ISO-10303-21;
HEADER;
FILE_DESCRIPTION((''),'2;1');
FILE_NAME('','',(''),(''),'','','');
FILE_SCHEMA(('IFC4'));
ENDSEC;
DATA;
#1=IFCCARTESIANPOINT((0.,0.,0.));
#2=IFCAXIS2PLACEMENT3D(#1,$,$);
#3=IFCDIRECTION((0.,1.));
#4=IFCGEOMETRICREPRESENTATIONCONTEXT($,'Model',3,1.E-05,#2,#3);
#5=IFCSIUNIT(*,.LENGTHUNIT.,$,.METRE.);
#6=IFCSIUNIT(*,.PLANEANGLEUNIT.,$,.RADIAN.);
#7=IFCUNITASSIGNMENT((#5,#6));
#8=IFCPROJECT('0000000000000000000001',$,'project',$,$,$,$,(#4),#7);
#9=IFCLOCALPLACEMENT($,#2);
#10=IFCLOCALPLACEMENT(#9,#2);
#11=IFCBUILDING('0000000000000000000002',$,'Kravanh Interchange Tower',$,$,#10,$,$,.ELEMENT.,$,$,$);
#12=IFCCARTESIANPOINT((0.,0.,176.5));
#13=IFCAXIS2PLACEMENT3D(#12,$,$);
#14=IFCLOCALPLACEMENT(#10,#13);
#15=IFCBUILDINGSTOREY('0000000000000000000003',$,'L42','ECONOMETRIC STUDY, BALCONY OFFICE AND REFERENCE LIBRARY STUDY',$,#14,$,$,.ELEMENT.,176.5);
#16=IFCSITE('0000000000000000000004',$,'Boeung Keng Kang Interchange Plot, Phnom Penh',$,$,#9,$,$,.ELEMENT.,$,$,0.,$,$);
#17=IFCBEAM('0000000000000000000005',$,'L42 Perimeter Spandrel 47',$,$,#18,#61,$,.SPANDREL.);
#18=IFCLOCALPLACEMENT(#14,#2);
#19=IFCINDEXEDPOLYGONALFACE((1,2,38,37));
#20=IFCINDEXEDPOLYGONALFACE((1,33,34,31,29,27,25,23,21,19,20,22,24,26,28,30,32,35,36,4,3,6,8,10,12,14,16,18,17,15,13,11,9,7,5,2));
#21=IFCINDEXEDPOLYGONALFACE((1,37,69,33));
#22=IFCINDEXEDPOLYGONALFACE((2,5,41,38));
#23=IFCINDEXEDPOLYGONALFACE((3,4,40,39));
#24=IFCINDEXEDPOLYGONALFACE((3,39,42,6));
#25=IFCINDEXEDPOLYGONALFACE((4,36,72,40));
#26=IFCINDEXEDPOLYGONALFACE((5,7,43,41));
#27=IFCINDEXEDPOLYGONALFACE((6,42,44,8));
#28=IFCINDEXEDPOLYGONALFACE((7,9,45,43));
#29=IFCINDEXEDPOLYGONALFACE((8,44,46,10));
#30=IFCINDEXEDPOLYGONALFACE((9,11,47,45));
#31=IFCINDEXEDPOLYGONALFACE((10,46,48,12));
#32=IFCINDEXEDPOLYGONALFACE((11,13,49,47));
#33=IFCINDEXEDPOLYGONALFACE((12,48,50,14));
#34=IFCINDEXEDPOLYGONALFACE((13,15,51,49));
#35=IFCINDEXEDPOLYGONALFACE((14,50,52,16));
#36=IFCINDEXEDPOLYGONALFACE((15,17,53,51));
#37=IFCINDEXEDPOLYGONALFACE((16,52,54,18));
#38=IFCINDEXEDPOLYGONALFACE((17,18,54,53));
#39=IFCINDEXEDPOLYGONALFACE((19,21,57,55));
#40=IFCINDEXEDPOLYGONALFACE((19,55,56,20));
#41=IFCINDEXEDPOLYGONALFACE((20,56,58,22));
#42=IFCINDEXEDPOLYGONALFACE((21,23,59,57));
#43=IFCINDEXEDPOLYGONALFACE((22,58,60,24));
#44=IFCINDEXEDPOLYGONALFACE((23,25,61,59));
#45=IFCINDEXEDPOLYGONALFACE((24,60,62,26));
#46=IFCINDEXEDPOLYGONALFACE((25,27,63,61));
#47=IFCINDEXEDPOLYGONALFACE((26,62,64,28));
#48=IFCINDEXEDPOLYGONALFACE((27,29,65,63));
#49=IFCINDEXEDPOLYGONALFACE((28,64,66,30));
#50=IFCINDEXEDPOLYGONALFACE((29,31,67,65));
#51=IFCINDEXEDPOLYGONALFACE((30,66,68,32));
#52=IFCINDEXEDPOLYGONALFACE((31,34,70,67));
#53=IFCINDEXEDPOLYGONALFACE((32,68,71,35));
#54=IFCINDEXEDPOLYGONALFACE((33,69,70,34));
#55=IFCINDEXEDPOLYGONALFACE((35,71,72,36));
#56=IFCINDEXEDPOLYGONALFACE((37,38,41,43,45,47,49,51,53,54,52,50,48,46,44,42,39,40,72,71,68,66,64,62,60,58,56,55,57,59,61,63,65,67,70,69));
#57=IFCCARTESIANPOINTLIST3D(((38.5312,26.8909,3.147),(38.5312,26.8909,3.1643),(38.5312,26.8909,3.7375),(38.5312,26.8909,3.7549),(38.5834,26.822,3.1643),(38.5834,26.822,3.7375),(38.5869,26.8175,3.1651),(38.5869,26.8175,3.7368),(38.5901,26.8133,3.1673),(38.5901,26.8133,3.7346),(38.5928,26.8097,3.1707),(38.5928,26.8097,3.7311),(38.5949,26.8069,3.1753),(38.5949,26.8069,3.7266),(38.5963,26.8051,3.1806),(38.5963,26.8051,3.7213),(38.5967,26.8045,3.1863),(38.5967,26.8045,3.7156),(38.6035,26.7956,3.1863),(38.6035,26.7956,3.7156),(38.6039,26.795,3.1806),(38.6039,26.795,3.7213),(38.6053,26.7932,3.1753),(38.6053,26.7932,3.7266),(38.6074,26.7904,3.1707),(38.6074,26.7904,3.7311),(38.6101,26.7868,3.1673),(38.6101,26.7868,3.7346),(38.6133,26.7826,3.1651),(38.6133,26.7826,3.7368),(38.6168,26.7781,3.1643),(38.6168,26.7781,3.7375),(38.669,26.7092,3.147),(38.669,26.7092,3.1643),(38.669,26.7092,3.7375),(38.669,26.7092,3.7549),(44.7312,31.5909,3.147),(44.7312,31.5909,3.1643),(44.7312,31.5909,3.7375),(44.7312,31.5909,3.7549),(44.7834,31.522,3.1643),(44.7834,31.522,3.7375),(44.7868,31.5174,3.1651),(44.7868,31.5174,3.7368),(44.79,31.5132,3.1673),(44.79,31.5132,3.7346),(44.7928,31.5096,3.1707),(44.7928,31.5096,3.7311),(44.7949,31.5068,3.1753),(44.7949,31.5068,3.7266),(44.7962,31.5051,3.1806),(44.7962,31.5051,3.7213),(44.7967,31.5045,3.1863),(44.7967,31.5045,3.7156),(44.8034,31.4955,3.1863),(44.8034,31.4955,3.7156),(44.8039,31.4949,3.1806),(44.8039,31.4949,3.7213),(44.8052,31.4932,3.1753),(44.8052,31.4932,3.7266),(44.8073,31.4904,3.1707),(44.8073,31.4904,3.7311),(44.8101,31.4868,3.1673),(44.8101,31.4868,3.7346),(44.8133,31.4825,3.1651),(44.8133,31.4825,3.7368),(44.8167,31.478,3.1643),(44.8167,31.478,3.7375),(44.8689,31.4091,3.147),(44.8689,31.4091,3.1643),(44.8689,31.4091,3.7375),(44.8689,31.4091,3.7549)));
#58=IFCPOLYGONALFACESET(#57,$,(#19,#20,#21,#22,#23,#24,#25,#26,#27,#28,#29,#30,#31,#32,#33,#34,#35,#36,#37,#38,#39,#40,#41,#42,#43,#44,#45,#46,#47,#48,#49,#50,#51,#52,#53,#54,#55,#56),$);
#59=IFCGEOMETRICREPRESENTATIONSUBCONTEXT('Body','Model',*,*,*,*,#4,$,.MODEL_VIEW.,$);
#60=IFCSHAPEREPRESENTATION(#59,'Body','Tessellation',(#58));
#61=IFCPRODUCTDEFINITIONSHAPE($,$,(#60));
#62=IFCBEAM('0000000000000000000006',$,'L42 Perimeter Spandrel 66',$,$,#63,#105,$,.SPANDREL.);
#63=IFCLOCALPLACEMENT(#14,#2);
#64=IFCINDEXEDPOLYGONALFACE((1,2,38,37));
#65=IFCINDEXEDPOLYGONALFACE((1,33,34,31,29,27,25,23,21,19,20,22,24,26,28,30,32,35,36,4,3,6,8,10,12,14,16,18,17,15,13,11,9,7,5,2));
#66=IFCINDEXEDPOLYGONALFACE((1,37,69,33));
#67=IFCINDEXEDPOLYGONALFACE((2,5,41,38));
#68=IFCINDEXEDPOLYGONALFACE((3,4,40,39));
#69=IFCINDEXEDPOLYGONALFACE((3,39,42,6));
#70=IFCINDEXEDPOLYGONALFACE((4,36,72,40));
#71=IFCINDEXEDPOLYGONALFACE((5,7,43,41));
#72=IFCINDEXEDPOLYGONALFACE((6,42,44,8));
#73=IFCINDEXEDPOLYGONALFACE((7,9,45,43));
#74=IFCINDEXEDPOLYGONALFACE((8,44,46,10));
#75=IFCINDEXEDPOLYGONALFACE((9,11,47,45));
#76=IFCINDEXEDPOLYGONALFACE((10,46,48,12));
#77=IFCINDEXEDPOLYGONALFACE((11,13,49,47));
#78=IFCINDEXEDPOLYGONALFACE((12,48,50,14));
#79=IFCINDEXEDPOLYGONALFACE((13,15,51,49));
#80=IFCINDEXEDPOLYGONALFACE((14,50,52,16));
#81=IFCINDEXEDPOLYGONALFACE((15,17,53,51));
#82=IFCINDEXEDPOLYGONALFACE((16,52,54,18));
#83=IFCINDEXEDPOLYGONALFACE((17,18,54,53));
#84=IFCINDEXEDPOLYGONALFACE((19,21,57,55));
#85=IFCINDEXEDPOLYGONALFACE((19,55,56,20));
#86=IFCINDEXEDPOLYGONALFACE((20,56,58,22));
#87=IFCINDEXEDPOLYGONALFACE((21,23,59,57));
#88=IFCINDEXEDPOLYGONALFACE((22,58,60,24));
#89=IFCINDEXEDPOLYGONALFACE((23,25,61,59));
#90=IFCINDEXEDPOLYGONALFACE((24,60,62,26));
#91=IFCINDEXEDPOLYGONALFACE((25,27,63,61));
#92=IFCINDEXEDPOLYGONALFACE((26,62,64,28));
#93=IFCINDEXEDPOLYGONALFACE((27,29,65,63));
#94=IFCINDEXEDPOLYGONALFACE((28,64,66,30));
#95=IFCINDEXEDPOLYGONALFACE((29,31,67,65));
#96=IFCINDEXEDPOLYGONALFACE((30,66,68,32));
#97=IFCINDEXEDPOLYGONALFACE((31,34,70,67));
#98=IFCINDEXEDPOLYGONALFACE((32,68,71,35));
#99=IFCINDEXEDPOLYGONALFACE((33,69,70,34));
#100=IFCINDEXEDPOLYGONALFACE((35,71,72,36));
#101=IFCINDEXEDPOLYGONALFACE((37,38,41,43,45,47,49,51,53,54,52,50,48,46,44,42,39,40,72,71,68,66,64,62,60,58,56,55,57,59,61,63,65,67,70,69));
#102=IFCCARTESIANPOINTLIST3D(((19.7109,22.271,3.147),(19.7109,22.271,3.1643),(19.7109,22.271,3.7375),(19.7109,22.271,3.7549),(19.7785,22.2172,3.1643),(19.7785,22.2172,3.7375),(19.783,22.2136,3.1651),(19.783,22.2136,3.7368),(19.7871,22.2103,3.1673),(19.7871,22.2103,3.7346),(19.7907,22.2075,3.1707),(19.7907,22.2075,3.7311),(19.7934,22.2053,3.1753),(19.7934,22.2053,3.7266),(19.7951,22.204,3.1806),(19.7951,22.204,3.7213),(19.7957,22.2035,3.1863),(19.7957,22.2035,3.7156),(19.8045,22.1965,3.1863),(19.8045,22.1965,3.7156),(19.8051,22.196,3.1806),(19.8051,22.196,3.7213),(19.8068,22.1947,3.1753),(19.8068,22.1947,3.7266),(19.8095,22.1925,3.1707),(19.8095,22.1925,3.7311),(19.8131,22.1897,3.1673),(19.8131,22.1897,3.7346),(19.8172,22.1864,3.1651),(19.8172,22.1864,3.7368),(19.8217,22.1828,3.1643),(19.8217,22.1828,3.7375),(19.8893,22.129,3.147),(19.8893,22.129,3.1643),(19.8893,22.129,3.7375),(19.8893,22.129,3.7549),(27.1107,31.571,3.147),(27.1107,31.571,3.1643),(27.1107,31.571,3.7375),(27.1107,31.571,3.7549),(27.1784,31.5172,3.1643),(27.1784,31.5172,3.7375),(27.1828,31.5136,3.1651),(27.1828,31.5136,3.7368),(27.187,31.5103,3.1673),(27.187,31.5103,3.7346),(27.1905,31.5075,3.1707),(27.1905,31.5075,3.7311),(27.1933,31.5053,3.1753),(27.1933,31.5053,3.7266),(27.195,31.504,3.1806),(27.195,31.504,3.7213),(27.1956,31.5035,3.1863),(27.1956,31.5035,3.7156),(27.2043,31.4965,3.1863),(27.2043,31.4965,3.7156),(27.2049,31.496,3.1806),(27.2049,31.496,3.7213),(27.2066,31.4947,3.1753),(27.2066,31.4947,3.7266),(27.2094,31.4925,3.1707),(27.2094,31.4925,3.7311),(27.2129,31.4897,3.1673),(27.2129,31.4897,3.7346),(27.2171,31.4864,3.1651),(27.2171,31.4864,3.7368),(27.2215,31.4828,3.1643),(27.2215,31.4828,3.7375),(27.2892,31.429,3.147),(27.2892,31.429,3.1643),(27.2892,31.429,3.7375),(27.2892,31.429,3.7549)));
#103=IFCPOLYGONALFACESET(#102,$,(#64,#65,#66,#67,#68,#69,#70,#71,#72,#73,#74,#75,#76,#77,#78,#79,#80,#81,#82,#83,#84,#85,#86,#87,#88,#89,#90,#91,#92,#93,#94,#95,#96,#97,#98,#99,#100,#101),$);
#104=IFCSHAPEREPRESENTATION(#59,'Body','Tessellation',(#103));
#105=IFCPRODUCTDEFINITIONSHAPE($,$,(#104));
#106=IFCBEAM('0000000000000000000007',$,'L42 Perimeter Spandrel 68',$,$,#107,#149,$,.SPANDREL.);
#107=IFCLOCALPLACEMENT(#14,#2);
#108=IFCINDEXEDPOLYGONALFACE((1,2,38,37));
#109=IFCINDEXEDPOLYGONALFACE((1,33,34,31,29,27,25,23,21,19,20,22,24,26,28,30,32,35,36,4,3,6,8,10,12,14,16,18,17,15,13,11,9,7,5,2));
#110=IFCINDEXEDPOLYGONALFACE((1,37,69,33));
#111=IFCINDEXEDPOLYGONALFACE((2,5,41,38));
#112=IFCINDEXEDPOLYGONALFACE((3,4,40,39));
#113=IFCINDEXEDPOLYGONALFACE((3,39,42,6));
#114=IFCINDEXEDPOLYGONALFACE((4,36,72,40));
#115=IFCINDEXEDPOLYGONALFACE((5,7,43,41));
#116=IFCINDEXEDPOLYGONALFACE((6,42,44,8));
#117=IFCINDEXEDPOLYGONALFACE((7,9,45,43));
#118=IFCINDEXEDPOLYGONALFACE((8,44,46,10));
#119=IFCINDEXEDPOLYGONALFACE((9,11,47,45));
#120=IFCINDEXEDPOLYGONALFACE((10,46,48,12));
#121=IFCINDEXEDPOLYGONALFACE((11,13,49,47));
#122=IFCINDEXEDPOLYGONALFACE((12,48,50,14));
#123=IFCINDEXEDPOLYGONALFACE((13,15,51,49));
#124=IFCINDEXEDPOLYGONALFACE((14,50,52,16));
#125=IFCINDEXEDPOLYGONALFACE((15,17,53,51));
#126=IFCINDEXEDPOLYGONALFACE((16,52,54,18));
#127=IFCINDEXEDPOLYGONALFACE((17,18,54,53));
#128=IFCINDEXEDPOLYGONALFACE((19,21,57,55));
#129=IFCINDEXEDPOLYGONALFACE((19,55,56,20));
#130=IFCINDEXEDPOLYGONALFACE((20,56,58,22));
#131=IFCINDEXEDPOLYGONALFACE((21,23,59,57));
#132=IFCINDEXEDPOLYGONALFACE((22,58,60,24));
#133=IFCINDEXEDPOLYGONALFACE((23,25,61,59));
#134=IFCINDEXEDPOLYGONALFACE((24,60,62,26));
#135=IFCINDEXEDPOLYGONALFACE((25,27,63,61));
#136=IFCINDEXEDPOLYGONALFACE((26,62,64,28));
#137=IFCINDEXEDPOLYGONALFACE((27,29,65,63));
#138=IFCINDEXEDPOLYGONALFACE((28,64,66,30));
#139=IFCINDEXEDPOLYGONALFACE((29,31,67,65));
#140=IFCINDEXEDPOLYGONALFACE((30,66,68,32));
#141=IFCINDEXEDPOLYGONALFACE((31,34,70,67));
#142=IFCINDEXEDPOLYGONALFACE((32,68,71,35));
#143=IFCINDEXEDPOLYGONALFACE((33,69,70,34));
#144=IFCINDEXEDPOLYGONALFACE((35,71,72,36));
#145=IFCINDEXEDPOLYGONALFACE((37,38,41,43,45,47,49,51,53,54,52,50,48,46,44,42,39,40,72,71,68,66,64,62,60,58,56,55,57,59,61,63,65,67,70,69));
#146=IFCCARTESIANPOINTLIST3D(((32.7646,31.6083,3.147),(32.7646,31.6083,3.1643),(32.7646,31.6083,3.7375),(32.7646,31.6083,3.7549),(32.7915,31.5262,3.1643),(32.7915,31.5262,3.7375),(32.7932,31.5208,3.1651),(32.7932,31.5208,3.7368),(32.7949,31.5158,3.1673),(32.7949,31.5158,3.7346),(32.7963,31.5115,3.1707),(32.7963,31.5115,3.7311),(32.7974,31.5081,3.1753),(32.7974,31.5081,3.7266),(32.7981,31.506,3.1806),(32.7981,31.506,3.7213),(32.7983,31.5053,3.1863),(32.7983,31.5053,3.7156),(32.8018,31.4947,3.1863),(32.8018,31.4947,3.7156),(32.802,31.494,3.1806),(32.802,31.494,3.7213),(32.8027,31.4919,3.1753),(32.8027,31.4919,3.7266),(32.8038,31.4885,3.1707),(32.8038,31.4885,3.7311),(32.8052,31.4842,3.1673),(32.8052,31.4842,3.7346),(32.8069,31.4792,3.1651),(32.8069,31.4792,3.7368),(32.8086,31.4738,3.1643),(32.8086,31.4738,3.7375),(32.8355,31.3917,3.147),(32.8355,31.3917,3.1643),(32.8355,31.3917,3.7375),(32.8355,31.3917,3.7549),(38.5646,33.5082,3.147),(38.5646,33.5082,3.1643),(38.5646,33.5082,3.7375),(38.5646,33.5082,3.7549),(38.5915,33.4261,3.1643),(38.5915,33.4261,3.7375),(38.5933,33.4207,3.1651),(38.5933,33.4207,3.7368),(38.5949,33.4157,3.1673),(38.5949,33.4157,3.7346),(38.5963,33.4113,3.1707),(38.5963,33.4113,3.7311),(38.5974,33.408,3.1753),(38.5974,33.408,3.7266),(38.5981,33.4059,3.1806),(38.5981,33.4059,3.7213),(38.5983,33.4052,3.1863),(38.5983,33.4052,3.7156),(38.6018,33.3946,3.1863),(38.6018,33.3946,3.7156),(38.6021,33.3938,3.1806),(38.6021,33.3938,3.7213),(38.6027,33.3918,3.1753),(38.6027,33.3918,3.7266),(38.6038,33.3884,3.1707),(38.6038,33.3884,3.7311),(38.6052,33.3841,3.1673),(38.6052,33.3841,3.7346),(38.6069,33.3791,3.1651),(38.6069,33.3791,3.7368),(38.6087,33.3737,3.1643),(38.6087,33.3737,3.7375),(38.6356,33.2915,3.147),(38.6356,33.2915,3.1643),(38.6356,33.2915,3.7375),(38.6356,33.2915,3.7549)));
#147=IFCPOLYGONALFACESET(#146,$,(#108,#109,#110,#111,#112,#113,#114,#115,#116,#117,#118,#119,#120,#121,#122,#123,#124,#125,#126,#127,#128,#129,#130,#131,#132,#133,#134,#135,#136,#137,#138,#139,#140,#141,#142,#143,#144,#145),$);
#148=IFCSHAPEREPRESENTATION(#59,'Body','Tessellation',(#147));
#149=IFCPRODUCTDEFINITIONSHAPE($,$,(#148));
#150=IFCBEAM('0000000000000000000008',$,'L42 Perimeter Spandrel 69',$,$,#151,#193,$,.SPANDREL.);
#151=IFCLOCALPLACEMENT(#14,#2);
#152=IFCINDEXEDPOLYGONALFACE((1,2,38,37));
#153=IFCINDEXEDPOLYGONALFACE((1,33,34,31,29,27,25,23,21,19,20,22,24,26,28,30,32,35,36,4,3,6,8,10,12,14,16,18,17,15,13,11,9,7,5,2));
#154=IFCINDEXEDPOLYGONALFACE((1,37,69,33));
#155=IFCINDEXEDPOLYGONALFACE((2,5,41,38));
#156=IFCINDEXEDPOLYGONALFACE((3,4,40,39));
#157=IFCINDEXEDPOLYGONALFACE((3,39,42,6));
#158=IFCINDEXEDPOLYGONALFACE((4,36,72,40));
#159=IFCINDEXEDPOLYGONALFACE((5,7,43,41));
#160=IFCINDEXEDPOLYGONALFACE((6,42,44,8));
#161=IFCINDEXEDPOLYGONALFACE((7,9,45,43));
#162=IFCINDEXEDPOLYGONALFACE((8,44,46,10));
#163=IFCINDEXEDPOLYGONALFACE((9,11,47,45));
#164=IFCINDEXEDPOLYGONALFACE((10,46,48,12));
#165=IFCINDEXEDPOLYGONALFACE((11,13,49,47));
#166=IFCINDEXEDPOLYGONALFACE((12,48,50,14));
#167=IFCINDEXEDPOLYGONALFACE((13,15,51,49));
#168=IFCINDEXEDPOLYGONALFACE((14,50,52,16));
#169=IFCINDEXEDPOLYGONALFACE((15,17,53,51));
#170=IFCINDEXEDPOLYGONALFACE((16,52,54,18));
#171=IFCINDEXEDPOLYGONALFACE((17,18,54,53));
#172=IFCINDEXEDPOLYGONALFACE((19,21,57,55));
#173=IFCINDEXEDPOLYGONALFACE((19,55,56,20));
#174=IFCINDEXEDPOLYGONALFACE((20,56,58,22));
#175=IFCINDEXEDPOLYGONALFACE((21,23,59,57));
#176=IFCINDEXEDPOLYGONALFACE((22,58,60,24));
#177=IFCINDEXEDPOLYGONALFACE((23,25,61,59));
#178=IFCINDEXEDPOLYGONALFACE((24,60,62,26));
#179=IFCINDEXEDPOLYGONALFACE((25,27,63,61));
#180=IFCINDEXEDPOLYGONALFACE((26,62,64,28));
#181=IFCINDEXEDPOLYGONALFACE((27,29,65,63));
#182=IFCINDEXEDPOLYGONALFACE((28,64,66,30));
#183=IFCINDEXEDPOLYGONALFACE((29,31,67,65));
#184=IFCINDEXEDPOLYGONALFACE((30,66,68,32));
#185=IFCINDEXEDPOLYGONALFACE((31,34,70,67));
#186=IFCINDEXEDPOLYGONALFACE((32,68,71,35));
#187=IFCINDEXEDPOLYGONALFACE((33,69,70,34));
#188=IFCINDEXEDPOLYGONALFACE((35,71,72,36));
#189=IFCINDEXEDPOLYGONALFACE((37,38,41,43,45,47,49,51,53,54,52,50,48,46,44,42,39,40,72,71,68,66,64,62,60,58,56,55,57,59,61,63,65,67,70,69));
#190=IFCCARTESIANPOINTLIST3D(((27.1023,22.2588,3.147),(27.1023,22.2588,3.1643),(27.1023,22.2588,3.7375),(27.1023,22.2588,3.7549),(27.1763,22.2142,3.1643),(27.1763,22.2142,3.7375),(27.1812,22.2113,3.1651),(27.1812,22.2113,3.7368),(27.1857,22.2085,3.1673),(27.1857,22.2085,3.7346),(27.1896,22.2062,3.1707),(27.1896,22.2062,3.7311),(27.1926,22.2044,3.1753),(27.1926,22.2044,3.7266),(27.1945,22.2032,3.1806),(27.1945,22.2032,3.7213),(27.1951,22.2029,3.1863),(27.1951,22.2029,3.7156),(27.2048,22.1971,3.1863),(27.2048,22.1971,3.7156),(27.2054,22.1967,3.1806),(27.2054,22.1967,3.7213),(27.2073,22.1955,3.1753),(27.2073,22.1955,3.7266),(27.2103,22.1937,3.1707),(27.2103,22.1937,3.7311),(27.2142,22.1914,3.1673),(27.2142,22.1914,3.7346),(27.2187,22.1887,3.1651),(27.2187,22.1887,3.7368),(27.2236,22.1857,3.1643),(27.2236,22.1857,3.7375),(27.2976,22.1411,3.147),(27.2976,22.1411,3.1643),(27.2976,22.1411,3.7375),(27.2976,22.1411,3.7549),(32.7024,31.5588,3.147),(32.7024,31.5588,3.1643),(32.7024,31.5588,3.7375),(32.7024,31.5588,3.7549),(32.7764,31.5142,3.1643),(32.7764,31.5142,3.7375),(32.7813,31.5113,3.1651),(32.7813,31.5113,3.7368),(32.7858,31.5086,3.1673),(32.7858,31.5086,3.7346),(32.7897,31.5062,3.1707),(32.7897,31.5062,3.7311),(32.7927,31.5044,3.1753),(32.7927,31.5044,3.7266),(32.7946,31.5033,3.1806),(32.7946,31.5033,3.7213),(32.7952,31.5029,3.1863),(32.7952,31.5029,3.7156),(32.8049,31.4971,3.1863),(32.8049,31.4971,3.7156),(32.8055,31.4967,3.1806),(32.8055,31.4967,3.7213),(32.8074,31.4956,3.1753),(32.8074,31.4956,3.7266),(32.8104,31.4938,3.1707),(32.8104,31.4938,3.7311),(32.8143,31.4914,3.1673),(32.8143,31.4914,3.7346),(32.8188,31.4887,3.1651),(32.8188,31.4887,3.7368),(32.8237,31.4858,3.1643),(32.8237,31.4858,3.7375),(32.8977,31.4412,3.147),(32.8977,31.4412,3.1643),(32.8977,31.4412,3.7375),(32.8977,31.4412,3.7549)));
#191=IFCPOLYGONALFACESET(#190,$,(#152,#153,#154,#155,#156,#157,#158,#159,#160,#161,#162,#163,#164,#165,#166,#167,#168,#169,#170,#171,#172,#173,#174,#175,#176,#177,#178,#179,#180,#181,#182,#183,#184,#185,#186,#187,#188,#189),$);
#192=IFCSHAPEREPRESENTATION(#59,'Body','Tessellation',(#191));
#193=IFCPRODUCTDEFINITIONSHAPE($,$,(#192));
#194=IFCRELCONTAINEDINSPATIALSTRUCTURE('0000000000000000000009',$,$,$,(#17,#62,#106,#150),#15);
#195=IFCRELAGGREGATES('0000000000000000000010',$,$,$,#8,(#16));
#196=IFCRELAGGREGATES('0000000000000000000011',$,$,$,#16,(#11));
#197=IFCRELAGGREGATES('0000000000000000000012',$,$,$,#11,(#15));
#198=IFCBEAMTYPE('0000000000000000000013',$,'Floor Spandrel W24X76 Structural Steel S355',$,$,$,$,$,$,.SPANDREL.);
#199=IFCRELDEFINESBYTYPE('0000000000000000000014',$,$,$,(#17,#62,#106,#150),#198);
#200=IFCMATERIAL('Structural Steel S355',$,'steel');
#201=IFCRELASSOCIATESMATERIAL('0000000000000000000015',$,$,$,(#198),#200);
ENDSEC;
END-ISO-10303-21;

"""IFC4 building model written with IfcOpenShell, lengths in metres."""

from ifc_helpers import new_model, si_unit, direction, frame, origin, origin_2d, place, context, subcontext, project, spatial, i_section, extrude, material, material_profile, profile_set, type_object, element, save


model = new_model("IFC4")

# Units and contexts
model_context = context("Model", 3, precision=1e-05, world=origin(), true_north=direction((0.0, 1.0)))
body_context = subcontext(model_context, "Body", "Model", "MODEL_VIEW")
ifc_project = project(units=[si_unit("LENGTHUNIT", "METRE"), si_unit("PLANEANGLEUNIT", "RADIAN")], contexts=[model_context])

# Site, building, storey
site_placement = place(None, origin())
site = spatial("IfcSite", under=ifc_project, at=site_placement, Name="Boeung Keng Kang Interchange Plot, Phnom Penh", CompositionType="ELEMENT", RefElevation=0.0)
building_placement = place(site_placement, origin())
building = spatial("IfcBuilding", under=site, at=building_placement, Name="Kravanh Interchange Tower", CompositionType="ELEMENT")
storey_placement = place(building_placement, frame((0.0, 0.0, 176.5)))
storey = spatial("IfcBuildingStorey", under=building, at=storey_placement, Name="L42", Description="ECONOMETRIC STUDY, BALCONY OFFICE AND REFERENCE LIBRARY STUDY", CompositionType="ELEMENT", Elevation=176.5)

# Beams
ifc_material_1 = material(Name="Structural Steel S355", Category="steel")
ifc_material_profile_1 = material_profile(ifc_material_1, i_section(OverallWidth=0.228, OverallDepth=0.6079, WebThickness=0.0112, FlangeThickness=0.0173, FilletRadius=0.022, at=origin_2d()), Name="W24X76")
ifc_profile_set_1 = profile_set([ifc_material_profile_1], Name="Structural Steel S355")
beam_type_1 = type_object("IfcBeamType", Name="Floor Spandrel W24X76 Structural Steel S355", PredefinedType="SPANDREL", material=ifc_profile_set_1)
beam_1_placement = place(storey_placement, frame((38.6001, 26.8, 3.4509), z_axis=(0.796905, 0.604104, 0.0), x_axis=(-0.604104, 0.796905, 0.0)))
element("IfcBeam", 1, at=beam_1_placement, inside=storey, type_object=beam_type_1, Name="L42 Perimeter Spandrel 47", PredefinedType="SPANDREL", context=body_context, shape_type="SweptSolid", body=[
    extrude(i_section(OverallWidth=0.228, OverallDepth=0.6079, WebThickness=0.0112, FlangeThickness=0.0173, FilletRadius=0.022, at=origin_2d()), origin(), (0.0, 0.0, 1.0), 7.78),
])
beam_2_placement = place(storey_placement, frame((27.2, 31.5, 3.4509), z_axis=(-0.622634, -0.782513, 0.0), x_axis=(0.782513, -0.622634, 0.0)))
element("IfcBeam", 2, at=beam_2_placement, inside=storey, type_object=beam_type_1, Name="L42 Perimeter Spandrel 66", PredefinedType="SPANDREL", context=body_context, shape_type="SweptSolid", body=[
    extrude(i_section(OverallWidth=0.228, OverallDepth=0.6079, WebThickness=0.0112, FlangeThickness=0.0173, FilletRadius=0.022, at=origin_2d()), origin(), (0.0, 0.0, 1.0), 11.8848),
])
beam_3_placement = place(storey_placement, frame((32.8, 31.5, 3.4509), z_axis=(0.950315, 0.311291, 0.0), x_axis=(-0.311291, 0.950315, 0.0)))
element("IfcBeam", 3, at=beam_3_placement, inside=storey, type_object=beam_type_1, Name="L42 Perimeter Spandrel 68", PredefinedType="SPANDREL", context=body_context, shape_type="SweptSolid", body=[
    extrude(i_section(OverallWidth=0.228, OverallDepth=0.6079, WebThickness=0.0112, FlangeThickness=0.0173, FilletRadius=0.022, at=origin_2d()), origin(), (0.0, 0.0, 1.0), 6.1033),
])
beam_4_placement = place(storey_placement, frame((32.8, 31.5, 3.4509), z_axis=(-0.515854, -0.856676, 0.0), x_axis=(0.856676, -0.515854, 0.0)))
element("IfcBeam", 4, at=beam_4_placement, inside=storey, type_object=beam_type_1, Name="L42 Perimeter Spandrel 69", PredefinedType="SPANDREL", context=body_context, shape_type="SweptSolid", body=[
    extrude(i_section(OverallWidth=0.228, OverallDepth=0.6079, WebThickness=0.0112, FlangeThickness=0.0173, FilletRadius=0.022, at=origin_2d()), origin(), (0.0, 0.0, 1.0), 10.856),
])

save(model, "model.ifc")
